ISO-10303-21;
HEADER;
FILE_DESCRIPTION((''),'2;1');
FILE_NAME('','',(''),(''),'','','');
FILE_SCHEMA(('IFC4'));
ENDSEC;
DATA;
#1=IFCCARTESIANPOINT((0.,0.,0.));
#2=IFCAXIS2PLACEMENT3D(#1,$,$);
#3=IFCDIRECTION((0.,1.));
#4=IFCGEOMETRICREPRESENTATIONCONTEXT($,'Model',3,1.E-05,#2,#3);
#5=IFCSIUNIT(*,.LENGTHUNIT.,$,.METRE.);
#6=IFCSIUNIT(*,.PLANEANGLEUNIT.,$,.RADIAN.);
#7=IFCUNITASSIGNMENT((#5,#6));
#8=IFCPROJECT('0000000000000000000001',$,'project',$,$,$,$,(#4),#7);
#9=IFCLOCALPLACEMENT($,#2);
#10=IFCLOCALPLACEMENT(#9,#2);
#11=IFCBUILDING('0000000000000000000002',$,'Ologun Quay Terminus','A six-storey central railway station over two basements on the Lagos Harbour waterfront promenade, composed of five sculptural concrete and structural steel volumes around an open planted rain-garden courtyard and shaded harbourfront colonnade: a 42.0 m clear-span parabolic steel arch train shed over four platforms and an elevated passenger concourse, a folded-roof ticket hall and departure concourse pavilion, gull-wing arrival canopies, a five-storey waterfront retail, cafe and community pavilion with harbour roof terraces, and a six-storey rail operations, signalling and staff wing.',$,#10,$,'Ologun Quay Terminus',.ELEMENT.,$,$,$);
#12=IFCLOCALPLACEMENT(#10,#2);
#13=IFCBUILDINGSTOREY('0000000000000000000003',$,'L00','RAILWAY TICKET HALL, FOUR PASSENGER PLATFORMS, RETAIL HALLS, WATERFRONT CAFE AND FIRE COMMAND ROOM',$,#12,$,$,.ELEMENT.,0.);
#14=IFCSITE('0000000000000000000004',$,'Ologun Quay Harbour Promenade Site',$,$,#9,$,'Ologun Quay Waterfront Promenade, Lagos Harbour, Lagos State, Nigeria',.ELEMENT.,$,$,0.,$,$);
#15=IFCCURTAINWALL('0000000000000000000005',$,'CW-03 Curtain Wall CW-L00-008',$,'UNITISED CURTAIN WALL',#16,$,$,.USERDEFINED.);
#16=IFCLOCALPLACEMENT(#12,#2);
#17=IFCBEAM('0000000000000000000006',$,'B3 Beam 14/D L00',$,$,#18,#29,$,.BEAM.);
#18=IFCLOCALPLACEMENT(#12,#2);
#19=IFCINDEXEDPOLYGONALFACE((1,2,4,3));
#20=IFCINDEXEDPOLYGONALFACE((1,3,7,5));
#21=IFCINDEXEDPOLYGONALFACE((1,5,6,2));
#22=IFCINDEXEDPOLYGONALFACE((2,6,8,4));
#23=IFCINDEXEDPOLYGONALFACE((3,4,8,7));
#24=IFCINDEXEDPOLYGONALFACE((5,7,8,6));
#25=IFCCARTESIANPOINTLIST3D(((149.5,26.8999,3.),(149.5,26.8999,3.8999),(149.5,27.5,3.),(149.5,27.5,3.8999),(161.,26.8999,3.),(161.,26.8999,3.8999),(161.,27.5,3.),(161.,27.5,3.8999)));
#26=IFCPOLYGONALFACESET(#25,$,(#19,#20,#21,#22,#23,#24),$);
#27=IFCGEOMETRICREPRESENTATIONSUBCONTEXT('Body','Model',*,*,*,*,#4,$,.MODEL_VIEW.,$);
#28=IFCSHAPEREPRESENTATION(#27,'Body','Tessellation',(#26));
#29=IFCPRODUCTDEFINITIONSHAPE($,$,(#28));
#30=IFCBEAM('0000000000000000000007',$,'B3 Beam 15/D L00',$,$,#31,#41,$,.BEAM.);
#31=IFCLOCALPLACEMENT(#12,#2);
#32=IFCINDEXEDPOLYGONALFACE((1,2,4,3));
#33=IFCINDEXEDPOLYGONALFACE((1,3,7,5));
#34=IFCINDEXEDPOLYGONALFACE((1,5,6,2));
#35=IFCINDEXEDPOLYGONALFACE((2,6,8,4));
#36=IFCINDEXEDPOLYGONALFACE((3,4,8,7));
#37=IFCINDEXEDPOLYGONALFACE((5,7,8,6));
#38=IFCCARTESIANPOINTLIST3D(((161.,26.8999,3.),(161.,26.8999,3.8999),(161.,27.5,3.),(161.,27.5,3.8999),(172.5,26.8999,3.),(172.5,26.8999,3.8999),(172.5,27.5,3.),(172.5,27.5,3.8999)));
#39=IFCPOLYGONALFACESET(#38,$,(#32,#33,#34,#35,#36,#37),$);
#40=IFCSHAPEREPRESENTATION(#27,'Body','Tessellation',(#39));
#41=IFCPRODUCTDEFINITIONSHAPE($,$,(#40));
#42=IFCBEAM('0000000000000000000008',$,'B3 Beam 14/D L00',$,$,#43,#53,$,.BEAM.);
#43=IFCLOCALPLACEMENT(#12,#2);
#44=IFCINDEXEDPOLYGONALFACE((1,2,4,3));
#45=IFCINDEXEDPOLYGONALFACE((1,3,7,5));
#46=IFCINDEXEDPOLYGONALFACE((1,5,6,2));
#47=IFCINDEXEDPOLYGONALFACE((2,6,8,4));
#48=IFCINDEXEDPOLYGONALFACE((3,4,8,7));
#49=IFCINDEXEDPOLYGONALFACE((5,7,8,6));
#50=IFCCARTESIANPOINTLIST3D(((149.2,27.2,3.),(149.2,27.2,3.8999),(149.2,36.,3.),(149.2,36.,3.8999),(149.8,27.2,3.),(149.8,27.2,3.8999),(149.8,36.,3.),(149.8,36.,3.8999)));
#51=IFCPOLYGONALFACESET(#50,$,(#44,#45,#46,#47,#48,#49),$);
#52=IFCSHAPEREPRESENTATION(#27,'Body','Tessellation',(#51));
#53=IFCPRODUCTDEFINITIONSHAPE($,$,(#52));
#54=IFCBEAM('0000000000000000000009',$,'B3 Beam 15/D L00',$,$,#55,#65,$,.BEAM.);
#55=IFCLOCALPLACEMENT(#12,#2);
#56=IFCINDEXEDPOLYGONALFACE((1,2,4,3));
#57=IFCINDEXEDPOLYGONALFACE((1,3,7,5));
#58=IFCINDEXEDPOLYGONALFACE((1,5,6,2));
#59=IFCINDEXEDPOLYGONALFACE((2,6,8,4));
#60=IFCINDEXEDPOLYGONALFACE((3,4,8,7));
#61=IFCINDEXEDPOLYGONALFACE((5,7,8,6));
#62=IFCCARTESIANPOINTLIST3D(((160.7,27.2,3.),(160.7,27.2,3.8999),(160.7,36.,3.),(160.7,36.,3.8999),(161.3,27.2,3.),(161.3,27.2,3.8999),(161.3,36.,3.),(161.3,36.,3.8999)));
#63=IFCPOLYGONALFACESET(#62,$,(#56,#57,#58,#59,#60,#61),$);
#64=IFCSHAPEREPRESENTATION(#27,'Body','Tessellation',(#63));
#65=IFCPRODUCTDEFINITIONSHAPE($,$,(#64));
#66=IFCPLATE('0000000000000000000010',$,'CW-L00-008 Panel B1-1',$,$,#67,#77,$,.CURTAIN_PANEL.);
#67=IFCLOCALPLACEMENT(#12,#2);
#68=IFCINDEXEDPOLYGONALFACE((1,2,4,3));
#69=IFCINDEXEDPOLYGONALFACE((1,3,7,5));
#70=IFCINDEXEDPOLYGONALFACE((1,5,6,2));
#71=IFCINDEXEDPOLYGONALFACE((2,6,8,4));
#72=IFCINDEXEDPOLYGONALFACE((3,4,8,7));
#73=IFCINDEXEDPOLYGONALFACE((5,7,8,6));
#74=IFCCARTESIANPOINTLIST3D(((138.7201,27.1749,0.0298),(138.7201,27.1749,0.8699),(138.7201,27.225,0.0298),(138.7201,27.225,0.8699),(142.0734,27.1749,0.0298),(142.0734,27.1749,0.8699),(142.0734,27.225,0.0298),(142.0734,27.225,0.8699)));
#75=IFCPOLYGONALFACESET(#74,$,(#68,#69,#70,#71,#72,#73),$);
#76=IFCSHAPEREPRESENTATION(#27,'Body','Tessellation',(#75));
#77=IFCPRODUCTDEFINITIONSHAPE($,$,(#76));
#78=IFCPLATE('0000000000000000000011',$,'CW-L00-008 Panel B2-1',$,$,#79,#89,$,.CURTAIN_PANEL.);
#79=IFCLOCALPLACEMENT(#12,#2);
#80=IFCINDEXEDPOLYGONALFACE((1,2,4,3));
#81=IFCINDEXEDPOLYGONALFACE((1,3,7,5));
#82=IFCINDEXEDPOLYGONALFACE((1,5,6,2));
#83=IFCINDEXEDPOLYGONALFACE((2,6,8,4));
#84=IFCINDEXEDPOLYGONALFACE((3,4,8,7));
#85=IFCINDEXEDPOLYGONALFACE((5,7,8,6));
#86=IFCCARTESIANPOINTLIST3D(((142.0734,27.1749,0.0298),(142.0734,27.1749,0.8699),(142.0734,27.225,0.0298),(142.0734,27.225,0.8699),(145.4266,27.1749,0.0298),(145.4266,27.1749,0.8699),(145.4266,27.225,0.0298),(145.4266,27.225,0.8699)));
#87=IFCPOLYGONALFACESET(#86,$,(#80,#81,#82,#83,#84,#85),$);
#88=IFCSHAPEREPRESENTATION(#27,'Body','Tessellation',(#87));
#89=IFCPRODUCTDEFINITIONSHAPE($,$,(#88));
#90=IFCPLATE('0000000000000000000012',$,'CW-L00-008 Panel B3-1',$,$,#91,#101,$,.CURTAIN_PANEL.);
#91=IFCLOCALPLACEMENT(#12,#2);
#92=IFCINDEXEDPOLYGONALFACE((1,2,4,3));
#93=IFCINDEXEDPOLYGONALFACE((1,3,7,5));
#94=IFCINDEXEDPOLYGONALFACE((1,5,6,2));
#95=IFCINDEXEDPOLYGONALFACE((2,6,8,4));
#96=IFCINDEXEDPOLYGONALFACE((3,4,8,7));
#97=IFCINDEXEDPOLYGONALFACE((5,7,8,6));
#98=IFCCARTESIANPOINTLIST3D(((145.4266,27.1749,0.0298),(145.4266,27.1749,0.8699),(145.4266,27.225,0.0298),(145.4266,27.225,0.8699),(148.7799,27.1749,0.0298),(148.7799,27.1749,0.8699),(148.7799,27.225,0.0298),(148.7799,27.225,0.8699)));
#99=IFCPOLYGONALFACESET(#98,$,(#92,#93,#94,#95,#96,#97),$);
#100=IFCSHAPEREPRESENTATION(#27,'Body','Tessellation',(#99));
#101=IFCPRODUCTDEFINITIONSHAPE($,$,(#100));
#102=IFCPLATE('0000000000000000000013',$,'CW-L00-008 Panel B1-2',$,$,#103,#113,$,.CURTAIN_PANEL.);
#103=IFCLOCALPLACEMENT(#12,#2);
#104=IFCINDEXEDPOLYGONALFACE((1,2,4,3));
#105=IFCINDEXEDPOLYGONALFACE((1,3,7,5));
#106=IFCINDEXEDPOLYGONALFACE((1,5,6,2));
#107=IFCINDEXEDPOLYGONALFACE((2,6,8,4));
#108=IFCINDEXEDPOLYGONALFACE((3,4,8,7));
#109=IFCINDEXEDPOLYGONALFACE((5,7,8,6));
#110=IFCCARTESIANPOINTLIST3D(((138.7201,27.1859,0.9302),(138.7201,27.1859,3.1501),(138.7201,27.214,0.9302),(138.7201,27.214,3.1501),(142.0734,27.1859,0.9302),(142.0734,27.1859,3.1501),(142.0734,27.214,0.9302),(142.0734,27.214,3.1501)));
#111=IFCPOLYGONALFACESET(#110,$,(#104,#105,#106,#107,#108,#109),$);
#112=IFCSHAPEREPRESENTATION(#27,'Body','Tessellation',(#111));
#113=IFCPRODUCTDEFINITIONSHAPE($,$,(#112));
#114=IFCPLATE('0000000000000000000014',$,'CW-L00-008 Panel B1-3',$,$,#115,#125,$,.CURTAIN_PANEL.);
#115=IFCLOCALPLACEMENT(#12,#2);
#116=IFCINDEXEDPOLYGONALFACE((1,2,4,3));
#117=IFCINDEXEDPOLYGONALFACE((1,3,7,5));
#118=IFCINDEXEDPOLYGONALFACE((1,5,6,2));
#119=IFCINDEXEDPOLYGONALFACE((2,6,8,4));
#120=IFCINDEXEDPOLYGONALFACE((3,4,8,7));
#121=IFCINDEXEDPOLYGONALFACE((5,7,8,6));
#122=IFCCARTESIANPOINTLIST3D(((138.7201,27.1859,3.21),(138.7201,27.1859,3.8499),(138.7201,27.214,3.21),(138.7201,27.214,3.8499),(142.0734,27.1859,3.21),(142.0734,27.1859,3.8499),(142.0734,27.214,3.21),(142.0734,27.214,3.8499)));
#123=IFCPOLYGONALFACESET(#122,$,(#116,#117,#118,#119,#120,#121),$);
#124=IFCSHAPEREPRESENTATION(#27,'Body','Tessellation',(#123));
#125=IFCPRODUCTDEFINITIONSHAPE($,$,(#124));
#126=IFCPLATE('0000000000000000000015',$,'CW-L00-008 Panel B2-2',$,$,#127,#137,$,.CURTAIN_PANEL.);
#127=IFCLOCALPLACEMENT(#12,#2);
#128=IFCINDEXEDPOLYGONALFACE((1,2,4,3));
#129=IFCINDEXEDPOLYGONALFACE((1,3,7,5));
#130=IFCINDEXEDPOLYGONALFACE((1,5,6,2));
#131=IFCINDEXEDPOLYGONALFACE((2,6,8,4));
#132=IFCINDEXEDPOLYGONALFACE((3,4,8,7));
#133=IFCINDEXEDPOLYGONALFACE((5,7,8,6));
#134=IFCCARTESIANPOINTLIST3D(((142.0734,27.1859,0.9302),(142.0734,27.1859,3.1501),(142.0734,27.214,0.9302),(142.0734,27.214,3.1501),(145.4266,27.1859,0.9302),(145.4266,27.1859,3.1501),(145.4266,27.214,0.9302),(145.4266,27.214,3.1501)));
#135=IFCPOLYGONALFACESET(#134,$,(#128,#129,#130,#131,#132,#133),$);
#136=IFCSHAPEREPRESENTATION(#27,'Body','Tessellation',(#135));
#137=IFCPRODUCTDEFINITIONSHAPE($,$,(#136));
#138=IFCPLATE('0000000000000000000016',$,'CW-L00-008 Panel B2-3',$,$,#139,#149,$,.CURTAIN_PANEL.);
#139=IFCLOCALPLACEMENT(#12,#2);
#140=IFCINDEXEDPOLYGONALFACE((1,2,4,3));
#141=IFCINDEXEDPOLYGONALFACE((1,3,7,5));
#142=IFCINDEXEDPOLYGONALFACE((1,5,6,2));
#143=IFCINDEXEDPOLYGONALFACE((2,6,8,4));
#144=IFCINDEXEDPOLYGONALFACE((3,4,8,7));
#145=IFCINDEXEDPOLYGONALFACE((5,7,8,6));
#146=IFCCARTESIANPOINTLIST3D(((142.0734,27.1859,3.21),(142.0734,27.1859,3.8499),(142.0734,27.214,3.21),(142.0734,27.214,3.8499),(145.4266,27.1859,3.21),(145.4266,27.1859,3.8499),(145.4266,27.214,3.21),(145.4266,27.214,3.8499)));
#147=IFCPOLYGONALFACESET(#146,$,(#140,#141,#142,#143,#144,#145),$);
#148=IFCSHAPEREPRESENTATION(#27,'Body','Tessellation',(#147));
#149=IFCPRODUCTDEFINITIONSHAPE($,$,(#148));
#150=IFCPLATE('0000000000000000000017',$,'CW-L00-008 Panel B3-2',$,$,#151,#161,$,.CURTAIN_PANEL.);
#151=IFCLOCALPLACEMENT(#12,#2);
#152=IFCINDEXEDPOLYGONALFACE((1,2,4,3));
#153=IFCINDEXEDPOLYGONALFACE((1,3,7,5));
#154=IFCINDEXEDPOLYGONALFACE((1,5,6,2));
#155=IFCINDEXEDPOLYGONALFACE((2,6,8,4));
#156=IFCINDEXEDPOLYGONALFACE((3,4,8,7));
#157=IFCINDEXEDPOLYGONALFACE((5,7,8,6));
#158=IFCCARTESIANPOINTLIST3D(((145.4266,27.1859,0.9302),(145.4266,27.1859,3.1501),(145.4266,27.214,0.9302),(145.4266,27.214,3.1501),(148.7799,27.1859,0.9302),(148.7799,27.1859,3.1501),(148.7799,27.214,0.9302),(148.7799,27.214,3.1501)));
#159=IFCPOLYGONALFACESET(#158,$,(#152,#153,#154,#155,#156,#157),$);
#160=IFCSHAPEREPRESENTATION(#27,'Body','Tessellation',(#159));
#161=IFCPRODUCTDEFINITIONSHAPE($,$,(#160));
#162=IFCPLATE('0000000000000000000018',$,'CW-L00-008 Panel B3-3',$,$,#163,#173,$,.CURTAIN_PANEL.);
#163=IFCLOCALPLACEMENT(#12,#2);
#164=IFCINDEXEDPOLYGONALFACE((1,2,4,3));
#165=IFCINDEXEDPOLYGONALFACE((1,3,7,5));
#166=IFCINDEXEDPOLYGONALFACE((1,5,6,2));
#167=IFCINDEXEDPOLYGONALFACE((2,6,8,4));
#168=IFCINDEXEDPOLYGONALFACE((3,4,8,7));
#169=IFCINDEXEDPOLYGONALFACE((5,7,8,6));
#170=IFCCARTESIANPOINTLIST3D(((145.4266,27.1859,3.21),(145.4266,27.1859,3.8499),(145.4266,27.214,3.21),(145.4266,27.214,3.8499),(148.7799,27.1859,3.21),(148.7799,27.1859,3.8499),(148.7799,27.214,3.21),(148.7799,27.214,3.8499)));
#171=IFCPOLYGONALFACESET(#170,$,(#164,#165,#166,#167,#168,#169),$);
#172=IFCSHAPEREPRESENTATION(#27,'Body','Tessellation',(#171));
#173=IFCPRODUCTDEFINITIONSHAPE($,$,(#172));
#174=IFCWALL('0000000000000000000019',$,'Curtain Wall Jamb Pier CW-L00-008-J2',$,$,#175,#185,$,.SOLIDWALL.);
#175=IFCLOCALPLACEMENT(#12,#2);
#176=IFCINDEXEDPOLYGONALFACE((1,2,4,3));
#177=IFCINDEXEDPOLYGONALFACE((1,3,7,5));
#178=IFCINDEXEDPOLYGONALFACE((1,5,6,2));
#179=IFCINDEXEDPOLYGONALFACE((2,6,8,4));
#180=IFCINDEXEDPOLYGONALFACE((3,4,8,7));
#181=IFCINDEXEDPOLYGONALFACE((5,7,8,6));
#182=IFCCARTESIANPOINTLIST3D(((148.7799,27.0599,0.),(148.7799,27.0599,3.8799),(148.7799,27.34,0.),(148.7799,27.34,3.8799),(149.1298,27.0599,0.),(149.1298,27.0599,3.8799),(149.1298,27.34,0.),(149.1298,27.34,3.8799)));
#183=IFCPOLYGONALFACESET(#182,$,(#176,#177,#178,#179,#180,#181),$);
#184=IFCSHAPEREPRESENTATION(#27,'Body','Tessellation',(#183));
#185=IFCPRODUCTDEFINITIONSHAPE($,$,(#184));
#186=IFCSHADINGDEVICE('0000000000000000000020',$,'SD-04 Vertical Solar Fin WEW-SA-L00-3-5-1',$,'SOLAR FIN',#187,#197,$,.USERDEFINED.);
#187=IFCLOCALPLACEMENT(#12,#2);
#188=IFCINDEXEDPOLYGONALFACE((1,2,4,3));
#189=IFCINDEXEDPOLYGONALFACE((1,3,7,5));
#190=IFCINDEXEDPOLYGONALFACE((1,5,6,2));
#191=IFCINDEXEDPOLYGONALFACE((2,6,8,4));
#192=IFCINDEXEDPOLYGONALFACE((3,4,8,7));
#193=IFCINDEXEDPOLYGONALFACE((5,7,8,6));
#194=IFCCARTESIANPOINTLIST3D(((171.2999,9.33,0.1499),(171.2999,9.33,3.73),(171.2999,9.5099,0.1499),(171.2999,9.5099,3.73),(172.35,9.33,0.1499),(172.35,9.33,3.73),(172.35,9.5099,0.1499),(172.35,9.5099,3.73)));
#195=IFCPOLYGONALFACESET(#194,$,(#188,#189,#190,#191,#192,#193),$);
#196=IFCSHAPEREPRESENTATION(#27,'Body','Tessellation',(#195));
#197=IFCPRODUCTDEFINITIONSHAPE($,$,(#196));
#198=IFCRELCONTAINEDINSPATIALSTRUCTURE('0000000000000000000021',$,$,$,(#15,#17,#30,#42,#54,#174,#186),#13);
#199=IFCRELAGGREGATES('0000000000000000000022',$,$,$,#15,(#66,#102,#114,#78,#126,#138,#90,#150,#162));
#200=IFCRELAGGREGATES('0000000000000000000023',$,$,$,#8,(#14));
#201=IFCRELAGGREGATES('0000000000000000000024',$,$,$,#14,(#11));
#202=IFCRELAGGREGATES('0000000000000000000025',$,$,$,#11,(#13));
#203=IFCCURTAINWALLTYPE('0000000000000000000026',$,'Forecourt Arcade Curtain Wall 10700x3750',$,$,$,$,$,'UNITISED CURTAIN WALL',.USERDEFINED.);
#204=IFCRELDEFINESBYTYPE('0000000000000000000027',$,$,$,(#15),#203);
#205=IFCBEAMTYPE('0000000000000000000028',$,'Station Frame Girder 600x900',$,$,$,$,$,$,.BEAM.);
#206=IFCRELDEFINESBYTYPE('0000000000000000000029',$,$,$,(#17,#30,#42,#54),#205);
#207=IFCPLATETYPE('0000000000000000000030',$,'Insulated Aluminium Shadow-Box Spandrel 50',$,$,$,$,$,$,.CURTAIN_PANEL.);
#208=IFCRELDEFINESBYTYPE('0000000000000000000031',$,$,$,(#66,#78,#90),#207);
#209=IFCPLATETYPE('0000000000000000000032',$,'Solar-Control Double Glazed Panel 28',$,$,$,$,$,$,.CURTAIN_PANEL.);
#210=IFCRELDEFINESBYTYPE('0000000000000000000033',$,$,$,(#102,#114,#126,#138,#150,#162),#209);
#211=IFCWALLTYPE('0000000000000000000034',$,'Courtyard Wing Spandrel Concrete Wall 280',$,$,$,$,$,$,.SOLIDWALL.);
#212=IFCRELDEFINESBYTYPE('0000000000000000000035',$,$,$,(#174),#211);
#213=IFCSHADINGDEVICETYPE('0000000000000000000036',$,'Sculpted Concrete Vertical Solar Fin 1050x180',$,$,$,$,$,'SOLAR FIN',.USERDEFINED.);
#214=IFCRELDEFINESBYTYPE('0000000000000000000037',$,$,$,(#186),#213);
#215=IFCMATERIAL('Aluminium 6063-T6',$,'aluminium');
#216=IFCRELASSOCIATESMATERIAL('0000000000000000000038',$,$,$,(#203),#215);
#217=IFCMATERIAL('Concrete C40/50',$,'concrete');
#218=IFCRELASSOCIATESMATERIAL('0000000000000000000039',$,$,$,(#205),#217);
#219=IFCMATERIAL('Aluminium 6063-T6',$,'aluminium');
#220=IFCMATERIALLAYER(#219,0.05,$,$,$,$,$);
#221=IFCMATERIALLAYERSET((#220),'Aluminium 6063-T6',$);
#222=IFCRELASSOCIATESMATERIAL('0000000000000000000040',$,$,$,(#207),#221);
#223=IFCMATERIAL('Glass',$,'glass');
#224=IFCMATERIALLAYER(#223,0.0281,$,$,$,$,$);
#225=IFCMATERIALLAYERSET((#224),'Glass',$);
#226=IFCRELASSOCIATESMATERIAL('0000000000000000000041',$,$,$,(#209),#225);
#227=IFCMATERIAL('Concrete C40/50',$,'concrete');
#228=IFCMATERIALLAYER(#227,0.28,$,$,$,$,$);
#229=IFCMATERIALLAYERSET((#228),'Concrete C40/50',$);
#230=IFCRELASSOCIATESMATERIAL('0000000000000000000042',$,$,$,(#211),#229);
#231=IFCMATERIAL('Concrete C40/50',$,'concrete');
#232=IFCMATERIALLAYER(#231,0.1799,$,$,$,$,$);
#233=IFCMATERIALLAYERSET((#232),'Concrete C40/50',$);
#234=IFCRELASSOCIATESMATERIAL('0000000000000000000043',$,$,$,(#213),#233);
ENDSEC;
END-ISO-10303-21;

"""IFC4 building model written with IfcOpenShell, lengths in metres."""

from ifc_helpers import new_model, si_unit, direction, frame, frame_2d, origin, origin_2d, place, context, subcontext, project, spatial, rectangle, extrude, material, layer, layer_set, material_profile, profile_set, type_object, element, aggregate, save


model = new_model("IFC4")

# Units and contexts
model_context = context("Model", 3, precision=1e-05, world=origin(), true_north=direction((0.0, 1.0)))
body_context = subcontext(model_context, "Body", "Model", "MODEL_VIEW")
ifc_project = project(units=[si_unit("LENGTHUNIT", "METRE"), si_unit("PLANEANGLEUNIT", "RADIAN")], contexts=[model_context])

# Site, building, storey
site_placement = place(None, origin())
site = spatial("IfcSite", under=ifc_project, at=site_placement, Name="Ologun Quay Harbour Promenade Site", LongName="Ologun Quay Waterfront Promenade, Lagos Harbour, Lagos State, Nigeria", CompositionType="ELEMENT", RefElevation=0.0)
building_placement = place(site_placement, origin())
building = spatial("IfcBuilding", under=site, at=building_placement, Name="Ologun Quay Terminus", Description="A six-storey central railway station over two basements on the Lagos Harbour waterfront promenade, composed of five sculptural concrete and structural steel volumes around an open planted rain-garden courtyard and shaded harbourfront colonnade: a 42.0 m clear-span parabolic steel arch train shed over four platforms and an elevated passenger concourse, a folded-roof ticket hall and departure concourse pavilion, gull-wing arrival canopies, a five-storey waterfront retail, cafe and community pavilion with harbour roof terraces, and a six-storey rail operations, signalling and staff wing.", LongName="Ologun Quay Terminus", CompositionType="ELEMENT")
storey_placement = place(building_placement, origin())
storey = spatial("IfcBuildingStorey", under=building, at=storey_placement, Name="L00", Description="RAILWAY TICKET HALL, FOUR PASSENGER PLATFORMS, RETAIL HALLS, WATERFRONT CAFE AND FIRE COMMAND ROOM", CompositionType="ELEMENT", Elevation=0.0)

# Curtain wall
ifc_material_1 = material(Name="Aluminium 6063-T6", Category="aluminium")
curtain_wall_type = type_object("IfcCurtainWallType", Name="Forecourt Arcade Curtain Wall 10700x3750", ElementType="UNITISED CURTAIN WALL", PredefinedType="USERDEFINED", material=ifc_material_1)
curtain_wall_placement = place(storey_placement, origin())
curtain_wall = element("IfcCurtainWall", 1, at=curtain_wall_placement, inside=storey, type_object=curtain_wall_type, Name="CW-03 Curtain Wall CW-L00-008", ObjectType="UNITISED CURTAIN WALL", PredefinedType="USERDEFINED")

# Beams
ifc_material_2 = material(Name="Concrete C40/50", Category="concrete")
ifc_material_profile_1 = material_profile(ifc_material_2, rectangle(XDim=0.6001, YDim=0.8999, at=origin_2d()), Name="RC 600x900")
ifc_profile_set_1 = profile_set([ifc_material_profile_1], Name="Concrete C40/50")
beam_type = type_object("IfcBeamType", Name="Station Frame Girder 600x900", PredefinedType="BEAM", material=ifc_profile_set_1)
for number, where, z_axis, x_axis, name in (
    (2, (149.5, 27.2, 3.45), (1.0, 0.0, 0.0), (0.0, 1.0, 0.0), "B3 Beam 14/D L00"),
    (3, (161.0, 27.2, 3.45), (1.0, 0.0, 0.0), (0.0, 1.0, 0.0), "B3 Beam 15/D L00"),
):
    element("IfcBeam", number, at=place(storey_placement, frame(where, z_axis=z_axis, x_axis=x_axis)), inside=storey, type_object=beam_type, Name=name, PredefinedType="BEAM", context=body_context, shape_type="SweptSolid", body=[
        extrude(rectangle(XDim=0.6001, YDim=0.8999, at=origin_2d()), origin(), (0.0, 0.0, 1.0), 11.5),
    ])
for number, where, z_axis, x_axis, name in (
    (4, (149.5, 27.2, 3.45), (0.0, 1.0, 0.0), (-1.0, 0.0, 0.0), "B3 Beam 14/D L00"),
    (5, (161.0, 27.2, 3.45), (0.0, 1.0, 0.0), (-1.0, 0.0, 0.0), "B3 Beam 15/D L00"),
):
    element("IfcBeam", number, at=place(storey_placement, frame(where, z_axis=z_axis, x_axis=x_axis)), inside=storey, type_object=beam_type, Name=name, PredefinedType="BEAM", context=body_context, shape_type="SweptSolid", body=[
        extrude(rectangle(XDim=0.6001, YDim=0.8999, at=origin_2d()), origin(), (0.0, 0.0, 1.0), 8.8),
    ])

# Plates
ifc_material_3 = material(Name="Aluminium 6063-T6", Category="aluminium")
ifc_layer_1 = layer(ifc_material_3, 0.05)
ifc_layer_set_1 = layer_set([ifc_layer_1], Name="Aluminium 6063-T6")
plate_type_1 = type_object("IfcPlateType", Name="Insulated Aluminium Shadow-Box Spandrel 50", PredefinedType="CURTAIN_PANEL", material=ifc_layer_set_1)
plate_1_placement = place(storey_placement, frame((140.3967, 27.2, 0.0298), z_axis=(0.0, 0.0, 1.0), x_axis=(1.0, 0.0, 0.0)))
plate_1 = element("IfcPlate", 6, at=plate_1_placement, type_object=plate_type_1, Name="CW-L00-008 Panel B1-1", PredefinedType="CURTAIN_PANEL", context=body_context, shape_type="SweptSolid", body=[
    extrude(rectangle(XDim=3.3533, YDim=0.05, at=origin_2d()), origin(), (0.0, 0.0, 1.0), 0.8401),
])
plate_2_placement = place(storey_placement, frame((143.75, 27.2, 0.0298), z_axis=(0.0, 0.0, 1.0), x_axis=(1.0, 0.0, 0.0)))
plate_2 = element("IfcPlate", 7, at=plate_2_placement, type_object=plate_type_1, Name="CW-L00-008 Panel B2-1", PredefinedType="CURTAIN_PANEL", context=body_context, shape_type="SweptSolid", body=[
    extrude(rectangle(XDim=3.3533, YDim=0.05, at=origin_2d()), origin(), (0.0, 0.0, 1.0), 0.8401),
])
plate_3_placement = place(storey_placement, frame((147.1033, 27.2, 0.0298), z_axis=(0.0, 0.0, 1.0), x_axis=(1.0, 0.0, 0.0)))
plate_3 = element("IfcPlate", 8, at=plate_3_placement, type_object=plate_type_1, Name="CW-L00-008 Panel B3-1", PredefinedType="CURTAIN_PANEL", context=body_context, shape_type="SweptSolid", body=[
    extrude(rectangle(XDim=3.3533, YDim=0.05, at=origin_2d()), origin(), (0.0, 0.0, 1.0), 0.8401),
])
ifc_material_4 = material(Name="Glass", Category="glass")
ifc_layer_2 = layer(ifc_material_4, 0.0281)
ifc_layer_set_2 = layer_set([ifc_layer_2], Name="Glass")
plate_type_2 = type_object("IfcPlateType", Name="Solar-Control Double Glazed Panel 28", PredefinedType="CURTAIN_PANEL", material=ifc_layer_set_2)
plate_4_placement = place(storey_placement, frame((140.3967, 27.2, 0.9302), z_axis=(0.0, 0.0, 1.0), x_axis=(1.0, 0.0, 0.0)))
plate_4 = element("IfcPlate", 9, at=plate_4_placement, type_object=plate_type_2, Name="CW-L00-008 Panel B1-2", PredefinedType="CURTAIN_PANEL", context=body_context, shape_type="SweptSolid", body=[
    extrude(rectangle(XDim=3.3533, YDim=0.0281, at=origin_2d()), origin(), (0.0, 0.0, 1.0), 2.22),
])
plate_5_placement = place(storey_placement, frame((140.3967, 27.2, 3.21), z_axis=(0.0, 0.0, 1.0), x_axis=(1.0, 0.0, 0.0)))
plate_5 = element("IfcPlate", 10, at=plate_5_placement, type_object=plate_type_2, Name="CW-L00-008 Panel B1-3", PredefinedType="CURTAIN_PANEL", context=body_context, shape_type="SweptSolid", body=[
    extrude(rectangle(XDim=3.3533, YDim=0.0281, at=origin_2d()), origin(), (0.0, 0.0, 1.0), 0.6399),
])
plate_6_placement = place(storey_placement, frame((143.75, 27.2, 0.9302), z_axis=(0.0, 0.0, 1.0), x_axis=(1.0, 0.0, 0.0)))
plate_6 = element("IfcPlate", 11, at=plate_6_placement, type_object=plate_type_2, Name="CW-L00-008 Panel B2-2", PredefinedType="CURTAIN_PANEL", context=body_context, shape_type="SweptSolid", body=[
    extrude(rectangle(XDim=3.3533, YDim=0.0281, at=origin_2d()), origin(), (0.0, 0.0, 1.0), 2.22),
])
plate_7_placement = place(storey_placement, frame((143.75, 27.2, 3.21), z_axis=(0.0, 0.0, 1.0), x_axis=(1.0, 0.0, 0.0)))
plate_7 = element("IfcPlate", 12, at=plate_7_placement, type_object=plate_type_2, Name="CW-L00-008 Panel B2-3", PredefinedType="CURTAIN_PANEL", context=body_context, shape_type="SweptSolid", body=[
    extrude(rectangle(XDim=3.3533, YDim=0.0281, at=origin_2d()), origin(), (0.0, 0.0, 1.0), 0.6399),
])
plate_8_placement = place(storey_placement, frame((147.1033, 27.2, 0.9302), z_axis=(0.0, 0.0, 1.0), x_axis=(1.0, 0.0, 0.0)))
plate_8 = element("IfcPlate", 13, at=plate_8_placement, type_object=plate_type_2, Name="CW-L00-008 Panel B3-2", PredefinedType="CURTAIN_PANEL", context=body_context, shape_type="SweptSolid", body=[
    extrude(rectangle(XDim=3.3533, YDim=0.0281, at=origin_2d()), origin(), (0.0, 0.0, 1.0), 2.22),
])
plate_9_placement = place(storey_placement, frame((147.1033, 27.2, 3.21), z_axis=(0.0, 0.0, 1.0), x_axis=(1.0, 0.0, 0.0)))
plate_9 = element("IfcPlate", 14, at=plate_9_placement, type_object=plate_type_2, Name="CW-L00-008 Panel B3-3", PredefinedType="CURTAIN_PANEL", context=body_context, shape_type="SweptSolid", body=[
    extrude(rectangle(XDim=3.3533, YDim=0.0281, at=origin_2d()), origin(), (0.0, 0.0, 1.0), 0.6399),
])
aggregate(curtain_wall, [plate_1, plate_4, plate_5, plate_2, plate_6, plate_7, plate_3, plate_8, plate_9])

# Wall
ifc_material_5 = material(Name="Concrete C40/50", Category="concrete")
ifc_layer_3 = layer(ifc_material_5, 0.28)
ifc_layer_set_3 = layer_set([ifc_layer_3], Name="Concrete C40/50")
wall_type_1 = type_object("IfcWallType", Name="Courtyard Wing Spandrel Concrete Wall 280", PredefinedType="SOLIDWALL", material=ifc_layer_set_3)
wall_1_placement = place(storey_placement, frame((148.78, 27.2, 0.0), z_axis=(0.0, 0.0, 1.0), x_axis=(1.0, 0.0, 0.0)))
element("IfcWall", 15, at=wall_1_placement, inside=storey, type_object=wall_type_1, Name="Curtain Wall Jamb Pier CW-L00-008-J2", PredefinedType="SOLIDWALL", context=body_context, shape_type="SweptSolid", body=[
    extrude(rectangle(XDim=0.3499, YDim=0.28, at=frame_2d((0.1748, 0.0))), origin(), (0.0, 0.0, 1.0), 3.8799),
])

# Shading device
ifc_material_6 = material(Name="Concrete C40/50", Category="concrete")
ifc_layer_4 = layer(ifc_material_6, 0.1799)
ifc_layer_set_4 = layer_set([ifc_layer_4], Name="Concrete C40/50")
shading_device_type = type_object("IfcShadingDeviceType", Name="Sculpted Concrete Vertical Solar Fin 1050x180", ElementType="SOLAR FIN", PredefinedType="USERDEFINED", material=ifc_layer_set_4)
shading_device_placement = place(storey_placement, frame((171.825, 9.4199, 0.1499), z_axis=(0.0, 0.0, 1.0), x_axis=(1.0, 0.0, 0.0)))
element("IfcShadingDevice", 16, at=shading_device_placement, inside=storey, type_object=shading_device_type, Name="SD-04 Vertical Solar Fin WEW-SA-L00-3-5-1", ObjectType="SOLAR FIN", PredefinedType="USERDEFINED", context=body_context, shape_type="SweptSolid", body=[
    extrude(rectangle(XDim=1.05, YDim=0.1799, at=origin_2d()), origin(), (0.0, 0.0, 1.0), 3.5801),
])

save(model, "model.ifc")
